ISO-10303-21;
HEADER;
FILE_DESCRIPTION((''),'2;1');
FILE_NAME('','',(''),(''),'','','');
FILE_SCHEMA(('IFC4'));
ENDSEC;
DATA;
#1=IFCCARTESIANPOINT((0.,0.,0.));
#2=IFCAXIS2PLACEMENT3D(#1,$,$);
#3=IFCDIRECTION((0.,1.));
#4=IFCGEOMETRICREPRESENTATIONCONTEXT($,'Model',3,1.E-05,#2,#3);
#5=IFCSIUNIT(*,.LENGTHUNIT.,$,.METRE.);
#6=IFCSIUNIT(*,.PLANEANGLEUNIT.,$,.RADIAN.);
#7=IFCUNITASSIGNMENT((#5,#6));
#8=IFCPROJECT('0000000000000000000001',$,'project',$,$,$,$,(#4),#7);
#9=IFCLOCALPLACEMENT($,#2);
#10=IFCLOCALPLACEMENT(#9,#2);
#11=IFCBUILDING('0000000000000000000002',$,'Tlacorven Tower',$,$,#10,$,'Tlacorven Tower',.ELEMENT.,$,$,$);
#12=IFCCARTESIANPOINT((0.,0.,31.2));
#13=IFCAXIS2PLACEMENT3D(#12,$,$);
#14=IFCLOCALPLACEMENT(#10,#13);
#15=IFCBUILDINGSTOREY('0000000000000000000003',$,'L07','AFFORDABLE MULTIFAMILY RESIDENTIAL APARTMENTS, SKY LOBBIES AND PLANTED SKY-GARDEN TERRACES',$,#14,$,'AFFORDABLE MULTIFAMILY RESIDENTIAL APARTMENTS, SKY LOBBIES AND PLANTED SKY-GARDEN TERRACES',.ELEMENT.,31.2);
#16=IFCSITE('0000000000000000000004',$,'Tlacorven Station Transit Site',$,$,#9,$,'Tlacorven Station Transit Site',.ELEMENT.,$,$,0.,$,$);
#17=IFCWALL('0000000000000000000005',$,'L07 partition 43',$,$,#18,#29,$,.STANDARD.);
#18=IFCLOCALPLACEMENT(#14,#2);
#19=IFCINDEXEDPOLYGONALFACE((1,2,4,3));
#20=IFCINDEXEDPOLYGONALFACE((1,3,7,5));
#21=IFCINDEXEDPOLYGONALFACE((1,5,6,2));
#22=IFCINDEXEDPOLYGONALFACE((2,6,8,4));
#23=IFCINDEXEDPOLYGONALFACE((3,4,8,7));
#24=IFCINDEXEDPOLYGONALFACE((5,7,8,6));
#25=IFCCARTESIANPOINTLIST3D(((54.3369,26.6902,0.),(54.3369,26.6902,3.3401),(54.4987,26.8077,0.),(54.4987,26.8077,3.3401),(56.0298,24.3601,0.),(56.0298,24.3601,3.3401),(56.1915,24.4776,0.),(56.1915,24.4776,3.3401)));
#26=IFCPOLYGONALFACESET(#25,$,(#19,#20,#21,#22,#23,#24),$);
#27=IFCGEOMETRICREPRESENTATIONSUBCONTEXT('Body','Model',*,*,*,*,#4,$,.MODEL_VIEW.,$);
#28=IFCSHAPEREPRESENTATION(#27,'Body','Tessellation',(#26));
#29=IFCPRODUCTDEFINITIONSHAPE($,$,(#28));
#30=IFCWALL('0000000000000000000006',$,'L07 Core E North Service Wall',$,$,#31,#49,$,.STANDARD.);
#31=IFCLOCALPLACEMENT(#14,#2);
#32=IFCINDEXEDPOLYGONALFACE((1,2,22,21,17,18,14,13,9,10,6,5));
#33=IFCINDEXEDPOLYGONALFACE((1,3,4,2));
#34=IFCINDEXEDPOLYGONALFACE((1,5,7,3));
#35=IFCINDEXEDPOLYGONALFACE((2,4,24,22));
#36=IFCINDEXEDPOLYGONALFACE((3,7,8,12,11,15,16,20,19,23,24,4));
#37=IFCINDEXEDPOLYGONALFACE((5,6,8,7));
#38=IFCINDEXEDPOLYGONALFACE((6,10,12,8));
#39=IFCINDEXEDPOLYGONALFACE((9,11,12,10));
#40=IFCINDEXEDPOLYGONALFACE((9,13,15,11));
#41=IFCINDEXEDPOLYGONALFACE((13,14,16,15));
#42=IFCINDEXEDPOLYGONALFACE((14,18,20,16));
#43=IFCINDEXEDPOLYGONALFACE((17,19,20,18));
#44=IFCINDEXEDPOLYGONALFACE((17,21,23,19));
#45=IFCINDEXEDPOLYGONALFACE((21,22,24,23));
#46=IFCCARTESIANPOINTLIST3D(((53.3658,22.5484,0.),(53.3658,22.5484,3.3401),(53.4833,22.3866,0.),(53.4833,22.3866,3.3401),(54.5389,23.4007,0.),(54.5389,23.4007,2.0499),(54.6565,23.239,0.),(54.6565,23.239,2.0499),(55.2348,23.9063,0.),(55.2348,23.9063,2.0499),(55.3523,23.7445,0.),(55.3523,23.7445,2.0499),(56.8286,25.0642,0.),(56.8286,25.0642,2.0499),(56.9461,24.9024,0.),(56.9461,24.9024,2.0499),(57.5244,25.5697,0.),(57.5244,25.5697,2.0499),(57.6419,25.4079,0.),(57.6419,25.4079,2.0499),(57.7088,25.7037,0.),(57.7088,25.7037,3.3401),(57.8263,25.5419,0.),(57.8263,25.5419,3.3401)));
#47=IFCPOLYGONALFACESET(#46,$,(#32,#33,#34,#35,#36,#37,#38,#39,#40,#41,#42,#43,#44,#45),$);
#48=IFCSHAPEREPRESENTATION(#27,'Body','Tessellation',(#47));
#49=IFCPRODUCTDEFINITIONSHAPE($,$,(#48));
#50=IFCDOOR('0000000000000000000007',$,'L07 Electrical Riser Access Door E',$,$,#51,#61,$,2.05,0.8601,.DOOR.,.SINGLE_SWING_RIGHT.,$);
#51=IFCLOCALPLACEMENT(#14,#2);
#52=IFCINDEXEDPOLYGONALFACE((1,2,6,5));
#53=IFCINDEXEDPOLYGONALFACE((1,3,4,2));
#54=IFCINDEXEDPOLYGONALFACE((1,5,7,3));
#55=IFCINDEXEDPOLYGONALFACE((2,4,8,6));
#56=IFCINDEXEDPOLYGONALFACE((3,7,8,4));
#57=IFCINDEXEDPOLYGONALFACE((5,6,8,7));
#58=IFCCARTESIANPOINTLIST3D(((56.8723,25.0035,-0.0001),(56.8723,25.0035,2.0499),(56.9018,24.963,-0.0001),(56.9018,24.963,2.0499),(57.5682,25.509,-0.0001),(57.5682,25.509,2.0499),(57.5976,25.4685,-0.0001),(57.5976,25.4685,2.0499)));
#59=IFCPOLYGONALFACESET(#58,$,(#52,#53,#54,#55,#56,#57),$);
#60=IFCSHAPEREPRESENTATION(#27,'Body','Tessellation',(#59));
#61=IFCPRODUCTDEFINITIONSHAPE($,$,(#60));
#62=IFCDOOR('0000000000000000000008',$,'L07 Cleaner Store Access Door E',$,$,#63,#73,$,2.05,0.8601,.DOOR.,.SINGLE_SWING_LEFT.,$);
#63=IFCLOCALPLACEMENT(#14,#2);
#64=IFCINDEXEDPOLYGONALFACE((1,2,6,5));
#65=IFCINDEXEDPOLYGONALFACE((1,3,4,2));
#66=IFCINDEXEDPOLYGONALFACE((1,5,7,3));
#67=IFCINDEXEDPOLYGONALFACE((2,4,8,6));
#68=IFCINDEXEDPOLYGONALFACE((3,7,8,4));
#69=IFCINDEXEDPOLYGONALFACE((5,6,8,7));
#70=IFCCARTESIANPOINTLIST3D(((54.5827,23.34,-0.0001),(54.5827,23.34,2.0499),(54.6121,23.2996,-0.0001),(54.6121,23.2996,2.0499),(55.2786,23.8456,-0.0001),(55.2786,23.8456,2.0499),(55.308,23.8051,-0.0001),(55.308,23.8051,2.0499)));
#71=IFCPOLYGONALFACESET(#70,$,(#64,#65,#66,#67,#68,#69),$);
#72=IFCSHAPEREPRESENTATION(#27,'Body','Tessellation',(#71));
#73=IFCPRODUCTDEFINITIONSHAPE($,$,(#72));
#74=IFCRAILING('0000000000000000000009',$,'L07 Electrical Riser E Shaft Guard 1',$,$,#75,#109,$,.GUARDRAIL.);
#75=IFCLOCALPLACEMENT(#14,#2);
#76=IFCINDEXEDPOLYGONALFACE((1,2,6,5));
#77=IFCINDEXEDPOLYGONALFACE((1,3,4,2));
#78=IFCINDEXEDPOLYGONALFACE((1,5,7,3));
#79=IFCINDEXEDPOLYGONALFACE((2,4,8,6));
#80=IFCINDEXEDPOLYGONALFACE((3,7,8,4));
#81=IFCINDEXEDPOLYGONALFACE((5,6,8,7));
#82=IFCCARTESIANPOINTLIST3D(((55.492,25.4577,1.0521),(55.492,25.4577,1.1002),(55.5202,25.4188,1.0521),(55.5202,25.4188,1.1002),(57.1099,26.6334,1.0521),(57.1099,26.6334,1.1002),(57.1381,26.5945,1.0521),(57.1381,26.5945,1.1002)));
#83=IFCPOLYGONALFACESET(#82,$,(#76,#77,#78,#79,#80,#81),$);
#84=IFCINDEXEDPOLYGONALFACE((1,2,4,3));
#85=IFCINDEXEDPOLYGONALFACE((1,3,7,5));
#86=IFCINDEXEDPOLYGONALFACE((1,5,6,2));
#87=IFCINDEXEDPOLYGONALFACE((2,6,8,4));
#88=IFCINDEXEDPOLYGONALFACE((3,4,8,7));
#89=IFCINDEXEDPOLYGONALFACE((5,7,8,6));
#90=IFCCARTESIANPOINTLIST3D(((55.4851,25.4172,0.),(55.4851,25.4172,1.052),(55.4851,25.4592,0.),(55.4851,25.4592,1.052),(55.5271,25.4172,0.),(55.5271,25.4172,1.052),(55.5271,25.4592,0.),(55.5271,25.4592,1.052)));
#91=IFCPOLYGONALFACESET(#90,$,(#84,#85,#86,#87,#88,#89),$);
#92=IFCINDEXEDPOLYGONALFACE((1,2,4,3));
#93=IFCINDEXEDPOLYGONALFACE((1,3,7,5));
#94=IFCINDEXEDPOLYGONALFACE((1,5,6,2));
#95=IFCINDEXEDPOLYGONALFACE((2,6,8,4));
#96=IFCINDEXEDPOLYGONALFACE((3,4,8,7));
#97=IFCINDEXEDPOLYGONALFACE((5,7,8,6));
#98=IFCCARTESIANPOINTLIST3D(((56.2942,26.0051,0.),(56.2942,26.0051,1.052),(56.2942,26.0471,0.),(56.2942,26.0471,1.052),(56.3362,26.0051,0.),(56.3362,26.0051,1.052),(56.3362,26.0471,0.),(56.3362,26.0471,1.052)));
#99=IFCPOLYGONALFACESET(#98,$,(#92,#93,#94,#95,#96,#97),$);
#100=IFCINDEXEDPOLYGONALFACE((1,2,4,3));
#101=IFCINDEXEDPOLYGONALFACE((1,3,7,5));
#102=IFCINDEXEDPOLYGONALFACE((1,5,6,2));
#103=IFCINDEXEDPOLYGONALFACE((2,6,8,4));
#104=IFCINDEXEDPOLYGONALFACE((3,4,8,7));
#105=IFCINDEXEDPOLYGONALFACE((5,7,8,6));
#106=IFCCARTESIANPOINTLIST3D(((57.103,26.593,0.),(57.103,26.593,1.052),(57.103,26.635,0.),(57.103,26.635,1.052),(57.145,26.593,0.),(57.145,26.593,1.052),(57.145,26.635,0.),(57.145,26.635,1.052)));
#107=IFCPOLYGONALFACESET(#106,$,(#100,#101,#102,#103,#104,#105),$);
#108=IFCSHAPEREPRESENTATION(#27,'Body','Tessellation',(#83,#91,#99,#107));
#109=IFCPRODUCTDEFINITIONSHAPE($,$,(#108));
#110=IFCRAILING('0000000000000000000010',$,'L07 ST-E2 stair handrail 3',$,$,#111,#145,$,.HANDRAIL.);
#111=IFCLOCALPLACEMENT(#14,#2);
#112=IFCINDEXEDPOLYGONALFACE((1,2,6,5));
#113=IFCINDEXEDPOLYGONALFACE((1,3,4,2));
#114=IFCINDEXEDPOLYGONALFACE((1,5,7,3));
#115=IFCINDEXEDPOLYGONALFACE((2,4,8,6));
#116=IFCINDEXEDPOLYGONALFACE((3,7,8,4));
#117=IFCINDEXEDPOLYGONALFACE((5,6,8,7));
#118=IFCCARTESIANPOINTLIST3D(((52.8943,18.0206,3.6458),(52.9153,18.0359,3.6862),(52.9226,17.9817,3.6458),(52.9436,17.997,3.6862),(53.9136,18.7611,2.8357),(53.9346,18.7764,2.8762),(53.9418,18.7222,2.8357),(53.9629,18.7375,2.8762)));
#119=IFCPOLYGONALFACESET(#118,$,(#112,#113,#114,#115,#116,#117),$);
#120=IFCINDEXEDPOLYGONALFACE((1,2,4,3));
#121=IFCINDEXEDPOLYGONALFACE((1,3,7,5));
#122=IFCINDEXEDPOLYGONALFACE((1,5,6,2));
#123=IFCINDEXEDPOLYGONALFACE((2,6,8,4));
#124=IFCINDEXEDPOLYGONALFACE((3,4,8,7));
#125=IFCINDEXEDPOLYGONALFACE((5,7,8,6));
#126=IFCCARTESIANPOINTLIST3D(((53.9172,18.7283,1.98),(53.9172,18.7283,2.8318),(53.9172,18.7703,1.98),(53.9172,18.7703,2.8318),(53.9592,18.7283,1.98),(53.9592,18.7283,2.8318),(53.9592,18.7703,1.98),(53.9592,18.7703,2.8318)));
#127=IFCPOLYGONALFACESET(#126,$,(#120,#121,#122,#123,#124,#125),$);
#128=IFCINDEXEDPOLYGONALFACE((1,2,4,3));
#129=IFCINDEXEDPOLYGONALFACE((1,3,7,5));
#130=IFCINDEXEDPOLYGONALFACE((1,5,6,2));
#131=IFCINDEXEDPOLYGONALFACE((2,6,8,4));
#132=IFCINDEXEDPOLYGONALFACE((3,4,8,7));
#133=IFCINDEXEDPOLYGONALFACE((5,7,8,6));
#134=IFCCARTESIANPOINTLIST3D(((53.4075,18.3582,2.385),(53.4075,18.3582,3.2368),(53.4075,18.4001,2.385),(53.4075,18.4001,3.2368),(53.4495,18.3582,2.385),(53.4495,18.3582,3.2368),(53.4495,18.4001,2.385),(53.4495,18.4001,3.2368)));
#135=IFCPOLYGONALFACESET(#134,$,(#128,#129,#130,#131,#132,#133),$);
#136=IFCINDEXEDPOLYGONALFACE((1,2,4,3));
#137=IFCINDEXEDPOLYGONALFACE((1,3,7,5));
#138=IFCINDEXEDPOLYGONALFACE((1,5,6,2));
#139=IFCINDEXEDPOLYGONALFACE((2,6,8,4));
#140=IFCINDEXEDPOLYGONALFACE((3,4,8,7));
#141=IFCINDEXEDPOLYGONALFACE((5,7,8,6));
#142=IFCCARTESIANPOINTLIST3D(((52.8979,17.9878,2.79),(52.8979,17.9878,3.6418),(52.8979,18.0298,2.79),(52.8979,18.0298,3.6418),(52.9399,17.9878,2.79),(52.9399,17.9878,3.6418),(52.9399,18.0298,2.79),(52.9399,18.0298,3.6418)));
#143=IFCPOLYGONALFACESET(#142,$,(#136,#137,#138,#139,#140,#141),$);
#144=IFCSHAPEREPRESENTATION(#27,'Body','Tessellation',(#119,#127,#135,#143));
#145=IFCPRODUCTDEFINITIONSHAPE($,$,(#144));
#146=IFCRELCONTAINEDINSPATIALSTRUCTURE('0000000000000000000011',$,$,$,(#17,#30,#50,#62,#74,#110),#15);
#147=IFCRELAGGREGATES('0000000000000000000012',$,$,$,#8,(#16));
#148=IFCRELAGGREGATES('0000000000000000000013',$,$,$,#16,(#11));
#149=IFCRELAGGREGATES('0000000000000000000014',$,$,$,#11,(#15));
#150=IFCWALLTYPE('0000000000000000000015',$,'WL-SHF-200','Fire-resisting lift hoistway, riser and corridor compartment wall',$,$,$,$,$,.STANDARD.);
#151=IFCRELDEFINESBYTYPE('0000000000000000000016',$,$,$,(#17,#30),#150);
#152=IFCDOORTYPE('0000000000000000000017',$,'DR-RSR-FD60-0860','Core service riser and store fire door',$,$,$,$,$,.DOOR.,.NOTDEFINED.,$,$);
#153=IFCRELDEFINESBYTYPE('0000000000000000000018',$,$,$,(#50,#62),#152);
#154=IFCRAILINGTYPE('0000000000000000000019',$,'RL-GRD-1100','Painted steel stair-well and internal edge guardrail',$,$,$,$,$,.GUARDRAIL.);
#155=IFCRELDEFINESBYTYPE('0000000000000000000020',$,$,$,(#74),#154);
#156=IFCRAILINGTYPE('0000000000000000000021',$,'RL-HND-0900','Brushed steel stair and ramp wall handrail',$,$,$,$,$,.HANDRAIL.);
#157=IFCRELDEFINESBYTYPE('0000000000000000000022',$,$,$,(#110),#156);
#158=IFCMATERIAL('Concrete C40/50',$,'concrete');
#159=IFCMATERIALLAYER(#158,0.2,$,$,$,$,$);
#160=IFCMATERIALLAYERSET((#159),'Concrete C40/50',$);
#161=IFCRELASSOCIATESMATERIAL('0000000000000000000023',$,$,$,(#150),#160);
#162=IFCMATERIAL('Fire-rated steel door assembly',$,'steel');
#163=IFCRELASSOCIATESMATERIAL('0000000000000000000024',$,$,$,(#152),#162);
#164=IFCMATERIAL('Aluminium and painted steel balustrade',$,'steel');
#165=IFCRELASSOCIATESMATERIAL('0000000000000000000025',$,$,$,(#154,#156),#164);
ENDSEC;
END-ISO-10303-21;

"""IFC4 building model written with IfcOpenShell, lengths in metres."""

from ifc_helpers import new_model, si_unit, direction, frame, frame_2d, origin, origin_2d, place, context, subcontext, project, spatial, rectangle, extrude, source, transform, mapped, material, layer, layer_set, type_object, element, fill, save


model = new_model("IFC4")

# Units and contexts
model_context = context("Model", 3, precision=1e-05, world=origin(), true_north=direction((0.0, 1.0)))
body_context = subcontext(model_context, "Body", "Model", "MODEL_VIEW")
ifc_project = project(units=[si_unit("LENGTHUNIT", "METRE"), si_unit("PLANEANGLEUNIT", "RADIAN")], contexts=[model_context])

# Site, building, storey
site_placement = place(None, origin())
site = spatial("IfcSite", under=ifc_project, at=site_placement, Name="Tlacorven Station Transit Site", LongName="Tlacorven Station Transit Site", CompositionType="ELEMENT", RefElevation=0.0)
building_placement = place(site_placement, origin())
building = spatial("IfcBuilding", under=site, at=building_placement, Name="Tlacorven Tower", LongName="Tlacorven Tower", CompositionType="ELEMENT")
storey_placement = place(building_placement, frame((0.0, 0.0, 31.2)))
storey = spatial("IfcBuildingStorey", under=building, at=storey_placement, Name="L07", Description="AFFORDABLE MULTIFAMILY RESIDENTIAL APARTMENTS, SKY LOBBIES AND PLANTED SKY-GARDEN TERRACES", LongName="AFFORDABLE MULTIFAMILY RESIDENTIAL APARTMENTS, SKY LOBBIES AND PLANTED SKY-GARDEN TERRACES", CompositionType="ELEMENT", Elevation=31.2)

# Shared definitions
ifc_material_1 = material(Name="Fire-rated steel door assembly", Category="steel")
ifc_material_2 = material(Name="Concrete C40/50", Category="concrete")
ifc_layer_1 = layer(ifc_material_2, 0.2)
ifc_layer_set_1 = layer_set([ifc_layer_1], Name="Concrete C40/50")
wall_type_1 = type_object("IfcWallType", Name="WL-SHF-200", Description="Fire-resisting lift hoistway, riser and corridor compartment wall", PredefinedType="STANDARD", material=ifc_layer_set_1)
door_type_1 = type_object("IfcDoorType", Name="DR-RSR-FD60-0860", Description="Core service riser and store fire door", OperationType="NOTDEFINED", PredefinedType="DOOR", material=ifc_material_1)
shared_shape_1 = source(origin(), body_context, "Body", "SweptSolid", [
    extrude(rectangle(XDim=0.8601, YDim=2.05, at=frame_2d((0.4302, 1.0249))), frame((0.0, 0.0249, 0.0), z_axis=(0.0, -1.0, 0.0), x_axis=(1.0, 0.0, 0.0)), (0.0, 0.0, 1.0), 0.05),
])

# Wall
wall_1_placement = place(storey_placement, frame((56.1106, 24.4189, 0.0), z_axis=(0.0, 0.0, 1.0), x_axis=(-0.587778, 0.809022, 0.0)))
element("IfcWall", 1, at=wall_1_placement, inside=storey, type_object=wall_type_1, Name="L07 partition 43", PredefinedType="STANDARD", context=body_context, shape_type="SweptSolid", body=[
    extrude(rectangle(XDim=2.8801, YDim=0.2, at=frame_2d((1.4399, 0.0))), origin(), (0.0, 0.0, 1.0), 3.3401),
])

# Wall, openings, doors
wall_2_placement = place(storey_placement, frame((53.4246, 22.4675, 0.0), z_axis=(0.0, 0.0, 1.0), x_axis=(0.809027, 0.587771, 0.0)))
wall_2 = element("IfcWall", 2, at=wall_2_placement, inside=storey, type_object=wall_type_1, Name="L07 Core E North Service Wall", PredefinedType="STANDARD", context=body_context, shape_type="SweptSolid", body=[
    extrude(rectangle(XDim=5.3682, YDim=0.2, at=frame_2d((2.6841, 0.0))), origin(), (0.0, 0.0, 1.0), 3.3401),
])
opening_1_placement = place(wall_2_placement, frame((4.28, 0.0, 0.0)))
opening_1 = element("IfcOpeningElement", 3, at=opening_1_placement, cuts=wall_2, PredefinedType="OPENING", context=body_context, shape_type="SweptSolid", body=[
    extrude(rectangle(XDim=0.8601, YDim=2.05, at=frame_2d((0.4302, 1.0249))), frame((0.0, 0.1099, 0.0), z_axis=(0.0, -1.0, 0.0), x_axis=(1.0, 0.0, 0.0)), (0.0, 0.0, 1.0), 0.22),
])
opening_2_placement = place(wall_2_placement, frame((1.45, 0.0, 0.0)))
opening_2 = element("IfcOpeningElement", 4, at=opening_2_placement, cuts=wall_2, PredefinedType="OPENING", context=body_context, shape_type="SweptSolid", body=[
    extrude(rectangle(XDim=0.8601, YDim=2.05, at=frame_2d((0.4302, 1.0249))), frame((0.0, 0.1099, 0.0), z_axis=(0.0, -1.0, 0.0), x_axis=(1.0, 0.0, 0.0)), (0.0, 0.0, 1.0), 0.22),
])
door_1_placement = place(opening_1_placement, frame((0.8601, 0.0, 0.0), z_axis=(0.0, 0.0, 1.0), x_axis=(-1.0, 0.0, 0.0)))
door_1 = element("IfcDoor", 5, at=door_1_placement, inside=storey, type_object=door_type_1, Name="L07 Electrical Riser Access Door E", OperationType="SINGLE_SWING_RIGHT", OverallHeight=2.05, OverallWidth=0.8601, PredefinedType="DOOR", context=body_context, shape_type="MappedRepresentation", body=[
    mapped(shared_shape_1, transform((0.0, 0.0, 0.0), scale=1.0)),
])
fill(opening_1, door_1)
door_2_placement = place(opening_2_placement, frame((0.8601, 0.0, 0.0), z_axis=(0.0, 0.0, 1.0), x_axis=(-1.0, 0.0, 0.0)))
door_2 = element("IfcDoor", 6, at=door_2_placement, inside=storey, type_object=door_type_1, Name="L07 Cleaner Store Access Door E", OperationType="SINGLE_SWING_LEFT", OverallHeight=2.05, OverallWidth=0.8601, PredefinedType="DOOR", context=body_context, shape_type="MappedRepresentation", body=[
    mapped(shared_shape_1, transform((0.0, 0.0, 0.0), scale=1.0)),
])
fill(opening_2, door_2)

# Railings
ifc_material_3 = material(Name="Aluminium and painted steel balustrade", Category="steel")
railing_type_1 = type_object("IfcRailingType", Name="RL-GRD-1100", Description="Painted steel stair-well and internal edge guardrail", PredefinedType="GUARDRAIL", material=ifc_material_3)
shared_shape_2 = source(origin(), body_context, "Body", "SweptSolid", [
    extrude(rectangle(XDim=0.0481, YDim=0.0481, at=origin_2d()), frame((0.0, 0.0, 1.0762), z_axis=(0.808947, 0.587881, 0.0), x_axis=(-0.587881, 0.808947, 0.0)), (0.0, 0.0, 1.0), 2.0),
    extrude(rectangle(XDim=0.042, YDim=0.042, at=origin_2d()), origin(), (0.0, 0.0, 1.0), 1.052),
    extrude(rectangle(XDim=0.042, YDim=0.042, at=origin_2d()), frame((0.8091, 0.5879, 0.0)), (0.0, 0.0, 1.0), 1.052),
    extrude(rectangle(XDim=0.042, YDim=0.042, at=origin_2d()), frame((1.6179, 1.1758, 0.0)), (0.0, 0.0, 1.0), 1.052),
])
railing_1_placement = place(storey_placement, frame((55.5061, 25.4382, 0.0)))
element("IfcRailing", 7, at=railing_1_placement, inside=storey, type_object=railing_type_1, Name="L07 Electrical Riser E Shaft Guard 1", PredefinedType="GUARDRAIL", context=body_context, shape_type="MappedRepresentation", body=[
    mapped(shared_shape_2, transform((0.0, 0.0, 0.0), scale=1.0)),
])
railing_type_2 = type_object("IfcRailingType", Name="RL-HND-0900", Description="Brushed steel stair and ramp wall handrail", PredefinedType="HANDRAIL", material=ifc_material_3)
shared_shape_3 = source(origin(), body_context, "Body", "SweptSolid", [
    extrude(rectangle(XDim=0.0481, YDim=0.0481, at=origin_2d()), frame((0.0, 0.0, 0.876), z_axis=(-0.680516, -0.494373, 0.540827), x_axis=(0.587745, -0.809046, 0.0)), (0.0, 0.0, 1.0), 1.4978),
    extrude(rectangle(XDim=0.042, YDim=0.042, at=origin_2d()), origin(), (0.0, 0.0, 1.0), 0.8518),
    extrude(rectangle(XDim=0.042, YDim=0.042, at=origin_2d()), frame((-0.5098, -0.3701, 0.405)), (0.0, 0.0, 1.0), 0.8518),
    extrude(rectangle(XDim=0.042, YDim=0.042, at=origin_2d()), frame((-1.0193, -0.7405, 0.8101)), (0.0, 0.0, 1.0), 0.8518),
])
railing_2_placement = place(storey_placement, frame((53.9382, 18.7493, 1.98)))
element("IfcRailing", 8, at=railing_2_placement, inside=storey, type_object=railing_type_2, Name="L07 ST-E2 stair handrail 3", PredefinedType="HANDRAIL", context=body_context, shape_type="MappedRepresentation", body=[
    mapped(shared_shape_3, transform((0.0, 0.0, 0.0), scale=1.0)),
])

save(model, "model.ifc")
